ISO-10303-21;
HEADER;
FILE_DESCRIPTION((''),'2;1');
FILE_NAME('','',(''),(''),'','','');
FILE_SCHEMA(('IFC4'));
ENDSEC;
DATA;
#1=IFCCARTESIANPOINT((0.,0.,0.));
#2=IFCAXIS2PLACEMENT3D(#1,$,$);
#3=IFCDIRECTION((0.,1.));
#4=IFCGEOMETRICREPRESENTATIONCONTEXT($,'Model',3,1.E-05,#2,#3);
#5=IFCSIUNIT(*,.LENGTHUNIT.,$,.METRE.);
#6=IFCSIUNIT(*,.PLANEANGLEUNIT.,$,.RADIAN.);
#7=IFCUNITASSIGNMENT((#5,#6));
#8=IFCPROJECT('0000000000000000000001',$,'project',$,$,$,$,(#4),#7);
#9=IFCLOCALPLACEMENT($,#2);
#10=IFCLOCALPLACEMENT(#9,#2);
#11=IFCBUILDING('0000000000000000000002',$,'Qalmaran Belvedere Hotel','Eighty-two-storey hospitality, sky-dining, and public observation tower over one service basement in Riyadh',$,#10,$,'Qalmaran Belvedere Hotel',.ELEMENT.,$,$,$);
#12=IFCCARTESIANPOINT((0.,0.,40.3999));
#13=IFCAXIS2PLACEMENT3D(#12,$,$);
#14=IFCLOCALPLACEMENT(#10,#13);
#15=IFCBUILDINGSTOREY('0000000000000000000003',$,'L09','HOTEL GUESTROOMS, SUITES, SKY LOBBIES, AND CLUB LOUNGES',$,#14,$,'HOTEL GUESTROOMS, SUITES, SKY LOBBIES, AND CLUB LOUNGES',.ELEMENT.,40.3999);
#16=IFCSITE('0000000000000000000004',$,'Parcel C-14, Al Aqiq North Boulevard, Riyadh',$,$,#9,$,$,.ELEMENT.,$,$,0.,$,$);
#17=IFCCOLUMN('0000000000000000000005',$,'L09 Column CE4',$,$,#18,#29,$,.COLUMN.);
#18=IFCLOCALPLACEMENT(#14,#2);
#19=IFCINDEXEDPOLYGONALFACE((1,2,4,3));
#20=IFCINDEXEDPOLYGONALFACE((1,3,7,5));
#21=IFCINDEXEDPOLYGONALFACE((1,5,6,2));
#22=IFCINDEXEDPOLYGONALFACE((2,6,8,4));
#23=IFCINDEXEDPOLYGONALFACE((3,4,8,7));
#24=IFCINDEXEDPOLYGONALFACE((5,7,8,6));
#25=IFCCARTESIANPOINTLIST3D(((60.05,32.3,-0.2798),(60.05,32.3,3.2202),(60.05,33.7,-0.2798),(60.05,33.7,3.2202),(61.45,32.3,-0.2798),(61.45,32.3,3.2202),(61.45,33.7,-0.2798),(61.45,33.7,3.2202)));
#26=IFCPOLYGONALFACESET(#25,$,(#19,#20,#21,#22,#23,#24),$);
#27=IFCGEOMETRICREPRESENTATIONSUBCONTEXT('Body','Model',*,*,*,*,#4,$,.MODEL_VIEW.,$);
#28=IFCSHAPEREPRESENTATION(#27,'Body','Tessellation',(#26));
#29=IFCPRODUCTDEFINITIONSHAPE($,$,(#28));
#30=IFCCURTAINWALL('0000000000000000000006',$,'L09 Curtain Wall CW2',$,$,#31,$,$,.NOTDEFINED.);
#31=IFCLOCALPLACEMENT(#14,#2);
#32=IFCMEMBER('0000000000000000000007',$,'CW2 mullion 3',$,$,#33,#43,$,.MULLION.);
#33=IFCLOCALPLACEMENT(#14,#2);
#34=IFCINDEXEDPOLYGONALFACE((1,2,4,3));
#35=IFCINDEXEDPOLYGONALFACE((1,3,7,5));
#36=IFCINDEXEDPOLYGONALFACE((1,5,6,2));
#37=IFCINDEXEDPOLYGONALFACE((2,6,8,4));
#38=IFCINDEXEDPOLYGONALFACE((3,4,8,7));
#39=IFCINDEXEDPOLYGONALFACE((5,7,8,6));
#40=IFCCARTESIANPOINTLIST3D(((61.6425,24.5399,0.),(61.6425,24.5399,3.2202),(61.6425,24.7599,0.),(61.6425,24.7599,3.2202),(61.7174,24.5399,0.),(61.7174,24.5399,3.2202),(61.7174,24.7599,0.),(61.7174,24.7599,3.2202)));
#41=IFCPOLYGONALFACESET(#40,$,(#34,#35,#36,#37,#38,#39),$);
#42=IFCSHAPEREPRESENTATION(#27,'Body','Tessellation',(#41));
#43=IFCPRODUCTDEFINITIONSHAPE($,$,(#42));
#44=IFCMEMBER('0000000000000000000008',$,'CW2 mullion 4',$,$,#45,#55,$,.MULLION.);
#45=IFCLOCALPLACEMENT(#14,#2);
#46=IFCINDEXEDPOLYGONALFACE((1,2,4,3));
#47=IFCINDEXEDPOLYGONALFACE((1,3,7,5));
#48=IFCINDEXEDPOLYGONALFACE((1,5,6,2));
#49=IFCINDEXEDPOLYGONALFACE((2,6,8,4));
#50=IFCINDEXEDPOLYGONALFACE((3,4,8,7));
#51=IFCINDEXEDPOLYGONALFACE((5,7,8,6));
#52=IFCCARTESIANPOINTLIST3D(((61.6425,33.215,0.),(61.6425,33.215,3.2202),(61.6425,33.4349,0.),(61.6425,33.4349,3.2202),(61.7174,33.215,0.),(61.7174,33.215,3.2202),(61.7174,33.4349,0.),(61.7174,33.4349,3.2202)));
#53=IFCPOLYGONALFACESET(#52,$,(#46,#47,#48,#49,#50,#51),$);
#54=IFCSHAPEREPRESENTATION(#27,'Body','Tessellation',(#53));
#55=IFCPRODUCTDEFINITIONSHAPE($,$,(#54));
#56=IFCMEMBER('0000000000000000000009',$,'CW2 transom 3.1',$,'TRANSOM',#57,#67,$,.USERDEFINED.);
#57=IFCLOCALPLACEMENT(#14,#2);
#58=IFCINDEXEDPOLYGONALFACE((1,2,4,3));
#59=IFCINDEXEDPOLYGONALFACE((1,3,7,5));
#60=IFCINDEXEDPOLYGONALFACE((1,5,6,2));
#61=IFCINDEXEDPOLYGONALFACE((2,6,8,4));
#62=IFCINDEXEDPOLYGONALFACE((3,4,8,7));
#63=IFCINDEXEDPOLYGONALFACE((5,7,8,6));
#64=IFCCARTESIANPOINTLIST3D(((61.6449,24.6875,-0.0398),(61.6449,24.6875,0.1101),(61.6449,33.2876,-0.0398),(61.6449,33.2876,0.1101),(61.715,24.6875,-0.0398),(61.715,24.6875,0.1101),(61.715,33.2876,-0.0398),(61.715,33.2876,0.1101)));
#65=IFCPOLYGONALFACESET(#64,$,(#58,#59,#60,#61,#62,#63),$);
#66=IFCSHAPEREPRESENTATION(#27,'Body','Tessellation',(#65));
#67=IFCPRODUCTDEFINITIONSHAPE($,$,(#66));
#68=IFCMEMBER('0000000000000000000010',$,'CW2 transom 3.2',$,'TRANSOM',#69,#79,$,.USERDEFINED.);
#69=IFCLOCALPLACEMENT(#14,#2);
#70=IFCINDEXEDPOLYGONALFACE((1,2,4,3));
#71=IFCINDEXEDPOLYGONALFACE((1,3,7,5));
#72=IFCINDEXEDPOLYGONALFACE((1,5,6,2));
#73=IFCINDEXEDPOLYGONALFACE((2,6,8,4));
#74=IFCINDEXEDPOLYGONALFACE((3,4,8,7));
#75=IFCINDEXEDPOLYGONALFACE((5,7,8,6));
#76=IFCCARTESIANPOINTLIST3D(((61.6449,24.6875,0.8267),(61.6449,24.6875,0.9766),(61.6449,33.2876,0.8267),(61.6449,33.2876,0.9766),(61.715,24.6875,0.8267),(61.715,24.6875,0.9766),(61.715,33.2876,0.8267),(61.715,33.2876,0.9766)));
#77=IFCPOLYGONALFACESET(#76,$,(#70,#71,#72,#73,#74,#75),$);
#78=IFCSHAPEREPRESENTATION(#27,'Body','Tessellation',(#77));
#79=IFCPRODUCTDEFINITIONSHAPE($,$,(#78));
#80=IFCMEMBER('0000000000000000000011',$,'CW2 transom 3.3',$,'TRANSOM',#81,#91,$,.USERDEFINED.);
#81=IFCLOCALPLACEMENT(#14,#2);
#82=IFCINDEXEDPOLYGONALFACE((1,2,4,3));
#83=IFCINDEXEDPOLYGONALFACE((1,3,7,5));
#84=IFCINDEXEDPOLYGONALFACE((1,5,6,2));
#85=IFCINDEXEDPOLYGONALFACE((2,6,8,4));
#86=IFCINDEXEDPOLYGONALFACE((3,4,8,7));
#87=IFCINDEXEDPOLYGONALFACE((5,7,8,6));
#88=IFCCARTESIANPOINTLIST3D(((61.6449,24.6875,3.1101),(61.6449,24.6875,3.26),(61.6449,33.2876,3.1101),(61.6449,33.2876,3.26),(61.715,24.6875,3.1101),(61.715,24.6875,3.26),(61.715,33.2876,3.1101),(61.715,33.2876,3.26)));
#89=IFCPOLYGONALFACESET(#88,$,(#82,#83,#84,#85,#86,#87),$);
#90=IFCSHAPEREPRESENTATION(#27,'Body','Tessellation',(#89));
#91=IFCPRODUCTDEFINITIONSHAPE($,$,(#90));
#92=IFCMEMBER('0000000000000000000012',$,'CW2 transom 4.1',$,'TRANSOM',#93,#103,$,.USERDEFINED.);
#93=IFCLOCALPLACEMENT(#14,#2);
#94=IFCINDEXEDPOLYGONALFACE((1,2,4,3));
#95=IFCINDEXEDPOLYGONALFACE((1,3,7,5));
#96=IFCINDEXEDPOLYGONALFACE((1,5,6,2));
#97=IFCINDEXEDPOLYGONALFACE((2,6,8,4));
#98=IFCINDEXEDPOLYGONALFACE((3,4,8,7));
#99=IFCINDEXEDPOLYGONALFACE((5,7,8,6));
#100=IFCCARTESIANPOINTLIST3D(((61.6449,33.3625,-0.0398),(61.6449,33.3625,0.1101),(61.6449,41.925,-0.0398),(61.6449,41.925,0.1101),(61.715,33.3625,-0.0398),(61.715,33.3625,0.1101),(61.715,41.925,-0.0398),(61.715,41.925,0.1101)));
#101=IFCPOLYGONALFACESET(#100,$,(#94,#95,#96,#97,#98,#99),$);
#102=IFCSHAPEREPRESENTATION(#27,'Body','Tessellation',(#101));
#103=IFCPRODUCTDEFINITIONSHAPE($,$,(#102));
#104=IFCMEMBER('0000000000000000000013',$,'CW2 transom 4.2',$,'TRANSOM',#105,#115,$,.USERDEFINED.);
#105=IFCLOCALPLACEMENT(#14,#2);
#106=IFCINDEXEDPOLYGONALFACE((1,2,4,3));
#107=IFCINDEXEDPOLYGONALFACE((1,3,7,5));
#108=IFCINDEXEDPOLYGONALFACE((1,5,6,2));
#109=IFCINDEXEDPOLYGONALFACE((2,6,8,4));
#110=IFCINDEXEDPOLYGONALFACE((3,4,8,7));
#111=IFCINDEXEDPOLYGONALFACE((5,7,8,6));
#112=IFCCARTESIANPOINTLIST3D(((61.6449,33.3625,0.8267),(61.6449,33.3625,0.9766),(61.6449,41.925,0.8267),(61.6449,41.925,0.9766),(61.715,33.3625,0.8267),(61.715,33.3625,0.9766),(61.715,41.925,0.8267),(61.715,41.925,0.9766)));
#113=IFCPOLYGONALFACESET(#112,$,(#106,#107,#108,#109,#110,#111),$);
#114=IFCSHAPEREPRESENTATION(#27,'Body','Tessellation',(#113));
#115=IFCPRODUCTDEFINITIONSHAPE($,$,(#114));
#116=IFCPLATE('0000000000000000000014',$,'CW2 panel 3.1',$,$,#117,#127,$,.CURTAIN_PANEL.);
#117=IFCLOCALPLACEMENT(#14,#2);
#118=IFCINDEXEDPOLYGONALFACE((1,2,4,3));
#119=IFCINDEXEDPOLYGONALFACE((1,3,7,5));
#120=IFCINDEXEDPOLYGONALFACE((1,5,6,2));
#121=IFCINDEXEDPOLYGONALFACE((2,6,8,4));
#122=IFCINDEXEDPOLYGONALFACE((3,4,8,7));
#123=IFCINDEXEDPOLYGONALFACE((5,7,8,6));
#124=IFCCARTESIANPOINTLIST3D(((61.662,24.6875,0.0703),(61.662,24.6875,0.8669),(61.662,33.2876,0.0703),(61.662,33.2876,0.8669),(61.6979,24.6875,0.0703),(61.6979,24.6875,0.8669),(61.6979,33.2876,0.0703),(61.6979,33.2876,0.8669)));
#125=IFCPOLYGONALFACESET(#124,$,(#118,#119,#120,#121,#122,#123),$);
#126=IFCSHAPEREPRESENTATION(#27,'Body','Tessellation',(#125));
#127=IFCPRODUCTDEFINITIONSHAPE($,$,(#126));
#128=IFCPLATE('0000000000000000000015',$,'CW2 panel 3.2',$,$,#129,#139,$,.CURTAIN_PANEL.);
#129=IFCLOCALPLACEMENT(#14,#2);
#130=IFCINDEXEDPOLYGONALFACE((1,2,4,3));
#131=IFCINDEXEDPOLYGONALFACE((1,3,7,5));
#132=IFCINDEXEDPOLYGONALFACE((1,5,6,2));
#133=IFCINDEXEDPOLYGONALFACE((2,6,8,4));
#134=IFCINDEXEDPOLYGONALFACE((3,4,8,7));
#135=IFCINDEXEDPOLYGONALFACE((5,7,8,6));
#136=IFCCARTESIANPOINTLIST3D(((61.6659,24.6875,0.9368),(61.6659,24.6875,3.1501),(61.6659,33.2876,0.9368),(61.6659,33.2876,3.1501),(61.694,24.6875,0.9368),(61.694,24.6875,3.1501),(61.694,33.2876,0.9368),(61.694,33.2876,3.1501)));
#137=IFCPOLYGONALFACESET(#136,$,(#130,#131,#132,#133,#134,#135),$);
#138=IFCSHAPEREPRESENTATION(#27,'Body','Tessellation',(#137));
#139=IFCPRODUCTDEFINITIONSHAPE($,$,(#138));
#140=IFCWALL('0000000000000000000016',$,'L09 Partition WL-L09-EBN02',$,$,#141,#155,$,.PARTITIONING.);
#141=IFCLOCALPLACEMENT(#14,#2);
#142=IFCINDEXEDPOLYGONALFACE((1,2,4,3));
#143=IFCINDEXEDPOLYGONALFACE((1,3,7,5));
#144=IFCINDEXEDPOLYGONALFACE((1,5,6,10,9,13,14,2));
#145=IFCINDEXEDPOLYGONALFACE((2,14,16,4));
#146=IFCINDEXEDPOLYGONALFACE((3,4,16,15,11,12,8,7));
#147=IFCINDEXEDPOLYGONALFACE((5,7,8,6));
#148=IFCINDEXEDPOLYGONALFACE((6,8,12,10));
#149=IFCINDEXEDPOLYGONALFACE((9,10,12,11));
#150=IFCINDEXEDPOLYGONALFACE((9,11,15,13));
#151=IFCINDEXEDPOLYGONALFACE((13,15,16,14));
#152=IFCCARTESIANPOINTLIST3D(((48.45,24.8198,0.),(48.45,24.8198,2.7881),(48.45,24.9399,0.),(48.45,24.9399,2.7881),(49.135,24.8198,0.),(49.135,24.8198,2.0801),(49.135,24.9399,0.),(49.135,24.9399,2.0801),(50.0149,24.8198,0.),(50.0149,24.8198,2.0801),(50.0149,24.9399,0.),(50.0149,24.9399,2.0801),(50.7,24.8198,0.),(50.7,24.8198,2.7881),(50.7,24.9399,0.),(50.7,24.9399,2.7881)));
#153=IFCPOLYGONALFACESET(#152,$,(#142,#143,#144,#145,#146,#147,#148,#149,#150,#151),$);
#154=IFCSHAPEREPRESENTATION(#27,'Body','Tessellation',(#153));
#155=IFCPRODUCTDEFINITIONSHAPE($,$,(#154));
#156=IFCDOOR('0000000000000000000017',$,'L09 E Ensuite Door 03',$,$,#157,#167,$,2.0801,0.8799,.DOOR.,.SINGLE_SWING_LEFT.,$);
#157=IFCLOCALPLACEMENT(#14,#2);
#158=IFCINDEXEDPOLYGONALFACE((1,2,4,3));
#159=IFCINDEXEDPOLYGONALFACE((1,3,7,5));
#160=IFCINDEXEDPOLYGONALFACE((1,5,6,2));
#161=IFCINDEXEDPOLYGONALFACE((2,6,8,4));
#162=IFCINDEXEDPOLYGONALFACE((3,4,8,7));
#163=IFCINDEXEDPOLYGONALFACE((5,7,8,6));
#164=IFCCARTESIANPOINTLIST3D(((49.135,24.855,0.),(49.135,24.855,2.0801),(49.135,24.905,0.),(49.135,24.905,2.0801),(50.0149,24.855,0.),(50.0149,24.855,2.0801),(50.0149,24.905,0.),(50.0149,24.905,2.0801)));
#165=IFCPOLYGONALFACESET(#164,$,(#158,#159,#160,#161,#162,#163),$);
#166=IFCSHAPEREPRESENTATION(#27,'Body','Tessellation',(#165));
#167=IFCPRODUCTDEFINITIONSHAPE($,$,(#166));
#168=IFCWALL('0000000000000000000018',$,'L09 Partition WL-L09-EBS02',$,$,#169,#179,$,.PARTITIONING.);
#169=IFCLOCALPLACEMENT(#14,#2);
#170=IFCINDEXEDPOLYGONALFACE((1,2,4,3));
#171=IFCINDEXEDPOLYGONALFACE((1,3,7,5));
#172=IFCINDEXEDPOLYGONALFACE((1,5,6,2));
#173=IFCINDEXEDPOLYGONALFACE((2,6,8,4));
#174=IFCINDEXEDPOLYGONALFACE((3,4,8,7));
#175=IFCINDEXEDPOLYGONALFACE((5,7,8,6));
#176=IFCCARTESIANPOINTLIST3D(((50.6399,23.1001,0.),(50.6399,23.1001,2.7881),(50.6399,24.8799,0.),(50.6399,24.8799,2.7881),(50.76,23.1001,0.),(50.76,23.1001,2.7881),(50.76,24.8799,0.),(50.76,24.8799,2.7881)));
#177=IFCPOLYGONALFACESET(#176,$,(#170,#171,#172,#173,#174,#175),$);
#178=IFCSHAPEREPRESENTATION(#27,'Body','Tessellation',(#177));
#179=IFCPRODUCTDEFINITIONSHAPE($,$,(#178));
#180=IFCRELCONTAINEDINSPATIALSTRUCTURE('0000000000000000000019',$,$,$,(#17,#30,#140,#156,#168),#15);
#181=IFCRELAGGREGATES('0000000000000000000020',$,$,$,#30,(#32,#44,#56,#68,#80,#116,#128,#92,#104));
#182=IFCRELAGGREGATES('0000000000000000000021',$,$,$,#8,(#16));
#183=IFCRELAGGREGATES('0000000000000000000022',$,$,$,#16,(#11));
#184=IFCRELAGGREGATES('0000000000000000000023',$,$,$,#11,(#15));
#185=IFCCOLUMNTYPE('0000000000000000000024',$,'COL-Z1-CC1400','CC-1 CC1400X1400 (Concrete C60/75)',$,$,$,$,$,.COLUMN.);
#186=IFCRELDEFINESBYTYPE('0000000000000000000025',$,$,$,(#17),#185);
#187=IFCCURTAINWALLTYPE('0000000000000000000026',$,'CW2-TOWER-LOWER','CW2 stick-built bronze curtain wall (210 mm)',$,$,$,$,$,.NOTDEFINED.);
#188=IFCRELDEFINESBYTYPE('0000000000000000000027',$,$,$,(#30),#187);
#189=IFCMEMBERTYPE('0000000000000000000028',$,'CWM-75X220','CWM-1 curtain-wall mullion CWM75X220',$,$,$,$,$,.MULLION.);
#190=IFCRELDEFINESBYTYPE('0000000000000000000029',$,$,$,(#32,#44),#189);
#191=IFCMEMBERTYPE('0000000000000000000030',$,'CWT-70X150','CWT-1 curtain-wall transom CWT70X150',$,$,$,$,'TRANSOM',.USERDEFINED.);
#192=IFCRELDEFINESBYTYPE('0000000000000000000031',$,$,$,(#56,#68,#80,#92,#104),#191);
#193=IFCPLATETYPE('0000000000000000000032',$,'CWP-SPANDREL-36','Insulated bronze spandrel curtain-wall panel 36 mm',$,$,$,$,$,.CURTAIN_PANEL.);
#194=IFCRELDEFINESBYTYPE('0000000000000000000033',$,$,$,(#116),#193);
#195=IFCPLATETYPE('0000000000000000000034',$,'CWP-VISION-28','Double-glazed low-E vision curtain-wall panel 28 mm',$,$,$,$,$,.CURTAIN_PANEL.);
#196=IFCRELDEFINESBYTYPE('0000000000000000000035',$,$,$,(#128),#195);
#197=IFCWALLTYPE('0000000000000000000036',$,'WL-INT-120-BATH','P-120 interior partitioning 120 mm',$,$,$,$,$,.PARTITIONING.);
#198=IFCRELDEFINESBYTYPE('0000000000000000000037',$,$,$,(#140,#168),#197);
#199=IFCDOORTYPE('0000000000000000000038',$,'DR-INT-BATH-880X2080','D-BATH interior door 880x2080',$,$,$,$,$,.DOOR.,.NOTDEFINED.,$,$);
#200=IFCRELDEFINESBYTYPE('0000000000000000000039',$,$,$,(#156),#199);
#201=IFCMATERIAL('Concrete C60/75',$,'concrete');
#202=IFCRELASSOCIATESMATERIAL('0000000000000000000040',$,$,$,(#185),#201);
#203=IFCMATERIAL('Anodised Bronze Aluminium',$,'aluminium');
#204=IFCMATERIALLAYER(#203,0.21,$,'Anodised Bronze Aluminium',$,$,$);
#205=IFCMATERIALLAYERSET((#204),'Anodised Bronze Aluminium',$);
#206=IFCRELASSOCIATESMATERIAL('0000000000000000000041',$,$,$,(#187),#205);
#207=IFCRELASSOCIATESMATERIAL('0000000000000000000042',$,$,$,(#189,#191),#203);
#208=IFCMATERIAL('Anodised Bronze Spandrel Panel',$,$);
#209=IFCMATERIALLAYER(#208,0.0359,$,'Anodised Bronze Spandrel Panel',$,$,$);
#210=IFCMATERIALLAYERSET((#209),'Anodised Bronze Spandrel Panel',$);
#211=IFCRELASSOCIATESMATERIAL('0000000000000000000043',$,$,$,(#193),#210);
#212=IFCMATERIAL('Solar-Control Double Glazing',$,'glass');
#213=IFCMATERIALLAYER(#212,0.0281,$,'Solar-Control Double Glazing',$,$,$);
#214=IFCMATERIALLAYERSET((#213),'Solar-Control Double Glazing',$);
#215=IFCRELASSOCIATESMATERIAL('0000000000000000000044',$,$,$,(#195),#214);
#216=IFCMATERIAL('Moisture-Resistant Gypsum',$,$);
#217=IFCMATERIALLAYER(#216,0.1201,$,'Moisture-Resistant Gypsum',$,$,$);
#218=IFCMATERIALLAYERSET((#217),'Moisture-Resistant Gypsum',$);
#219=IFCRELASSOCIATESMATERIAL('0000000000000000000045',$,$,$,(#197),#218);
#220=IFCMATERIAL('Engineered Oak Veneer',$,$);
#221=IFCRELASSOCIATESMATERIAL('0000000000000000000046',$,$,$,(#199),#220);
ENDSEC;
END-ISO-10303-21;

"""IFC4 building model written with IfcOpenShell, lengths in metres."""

from ifc_helpers import new_model, si_unit, direction, frame, frame_2d, origin, origin_2d, place, context, subcontext, project, spatial, rectangle, extrude, material, layer, layer_set, material_profile, profile_set, type_object, element, fill, aggregate, save


model = new_model("IFC4")

# Units and contexts
model_context = context("Model", 3, precision=1e-05, world=origin(), true_north=direction((0.0, 1.0)))
body_context = subcontext(model_context, "Body", "Model", "MODEL_VIEW")
ifc_project = project(units=[si_unit("LENGTHUNIT", "METRE"), si_unit("PLANEANGLEUNIT", "RADIAN")], contexts=[model_context])

# Site, building, storey
site_placement = place(None, origin())
site = spatial("IfcSite", under=ifc_project, at=site_placement, Name="Parcel C-14, Al Aqiq North Boulevard, Riyadh", CompositionType="ELEMENT", RefElevation=0.0)
building_placement = place(site_placement, origin())
building = spatial("IfcBuilding", under=site, at=building_placement, Name="Qalmaran Belvedere Hotel", Description="Eighty-two-storey hospitality, sky-dining, and public observation tower over one service basement in Riyadh", LongName="Qalmaran Belvedere Hotel", CompositionType="ELEMENT")
storey_placement = place(building_placement, frame((0.0, 0.0, 40.3999)))
storey = spatial("IfcBuildingStorey", under=building, at=storey_placement, Name="L09", Description="HOTEL GUESTROOMS, SUITES, SKY LOBBIES, AND CLUB LOUNGES", LongName="HOTEL GUESTROOMS, SUITES, SKY LOBBIES, AND CLUB LOUNGES", CompositionType="ELEMENT", Elevation=40.3999)

# Column
ifc_material_1 = material(Name="Concrete C60/75", Category="concrete")
ifc_material_profile_1 = material_profile(ifc_material_1, rectangle(XDim=1.3999, YDim=1.3999, at=origin_2d()), Name="CC1400X1400")
ifc_profile_set_1 = profile_set([ifc_material_profile_1], Name="Concrete C60/75")
column_type = type_object("IfcColumnType", Name="COL-Z1-CC1400", Description="CC-1 CC1400X1400 (Concrete C60/75)", PredefinedType="COLUMN", material=ifc_profile_set_1)
column_placement = place(storey_placement, frame((60.75, 33.0, -0.2798), z_axis=(0.0, 0.0, 1.0), x_axis=(1.0, 0.0, 0.0)))
element("IfcColumn", 1, at=column_placement, inside=storey, type_object=column_type, Name="L09 Column CE4", PredefinedType="COLUMN", context=body_context, shape_type="SweptSolid", body=[
    extrude(rectangle(XDim=1.3999, YDim=1.3999, at=origin_2d()), origin(), (0.0, 0.0, 1.0), 3.5),
])

# Curtain wall, members, plates
ifc_material_2 = material(Name="Anodised Bronze Aluminium", Category="aluminium")
ifc_layer_1 = layer(ifc_material_2, 0.21, Name="Anodised Bronze Aluminium")
ifc_layer_set_1 = layer_set([ifc_layer_1], Name="Anodised Bronze Aluminium")
curtain_wall_type = type_object("IfcCurtainWallType", Name="CW2-TOWER-LOWER", Description="CW2 stick-built bronze curtain wall (210 mm)", PredefinedType="NOTDEFINED", material=ifc_layer_set_1)
curtain_wall_placement = place(storey_placement, origin())
curtain_wall = element("IfcCurtainWall", 2, at=curtain_wall_placement, inside=storey, type_object=curtain_wall_type, Name="L09 Curtain Wall CW2", PredefinedType="NOTDEFINED")
ifc_material_profile_2 = material_profile(ifc_material_2, rectangle(XDim=0.075, YDim=0.22, at=origin_2d()), Name="CWM75X220")
ifc_profile_set_2 = profile_set([ifc_material_profile_2], Name="Anodised Bronze Aluminium")
member_type_1 = type_object("IfcMemberType", Name="CWM-75X220", Description="CWM-1 curtain-wall mullion CWM75X220", PredefinedType="MULLION", material=ifc_profile_set_2)
member_1_placement = place(storey_placement, frame((61.6799, 24.6499, 0.0), z_axis=(0.0, 0.0, 1.0), x_axis=(-1.0, 0.0, 0.0)))
member_1 = element("IfcMember", 3, at=member_1_placement, type_object=member_type_1, Name="CW2 mullion 3", PredefinedType="MULLION", context=body_context, shape_type="SweptSolid", body=[
    extrude(rectangle(XDim=0.075, YDim=0.22, at=origin_2d()), origin(), (0.0, 0.0, 1.0), 3.2202),
])
member_2_placement = place(storey_placement, frame((61.6799, 33.325, 0.0), z_axis=(0.0, 0.0, 1.0), x_axis=(-1.0, 0.0, 0.0)))
member_2 = element("IfcMember", 4, at=member_2_placement, type_object=member_type_1, Name="CW2 mullion 4", PredefinedType="MULLION", context=body_context, shape_type="SweptSolid", body=[
    extrude(rectangle(XDim=0.075, YDim=0.22, at=origin_2d()), origin(), (0.0, 0.0, 1.0), 3.2202),
])
ifc_material_profile_3 = material_profile(ifc_material_2, rectangle(XDim=0.0701, YDim=0.1499, at=origin_2d()), Name="CWT70X150")
ifc_profile_set_3 = profile_set([ifc_material_profile_3], Name="Anodised Bronze Aluminium")
member_type_2 = type_object("IfcMemberType", Name="CWT-70X150", Description="CWT-1 curtain-wall transom CWT70X150", ElementType="TRANSOM", PredefinedType="USERDEFINED", material=ifc_profile_set_3)
member_3_placement = place(storey_placement, frame((61.6799, 24.6875, 0.0352), z_axis=(0.0, 1.0, 0.0), x_axis=(-1.0, 0.0, 0.0)))
member_3 = element("IfcMember", 5, at=member_3_placement, type_object=member_type_2, Name="CW2 transom 3.1", ObjectType="TRANSOM", PredefinedType="USERDEFINED", context=body_context, shape_type="SweptSolid", body=[
    extrude(rectangle(XDim=0.0701, YDim=0.1499, at=origin_2d()), origin(), (0.0, 0.0, 1.0), 8.6001),
])
member_4_placement = place(storey_placement, frame((61.6799, 24.6875, 0.9016), z_axis=(0.0, 1.0, 0.0), x_axis=(-1.0, 0.0, 0.0)))
member_4 = element("IfcMember", 6, at=member_4_placement, type_object=member_type_2, Name="CW2 transom 3.2", ObjectType="TRANSOM", PredefinedType="USERDEFINED", context=body_context, shape_type="SweptSolid", body=[
    extrude(rectangle(XDim=0.0701, YDim=0.1499, at=origin_2d()), origin(), (0.0, 0.0, 1.0), 8.6001),
])
member_5_placement = place(storey_placement, frame((61.6799, 24.6875, 3.1851), z_axis=(0.0, 1.0, 0.0), x_axis=(-1.0, 0.0, 0.0)))
member_5 = element("IfcMember", 7, at=member_5_placement, type_object=member_type_2, Name="CW2 transom 3.3", ObjectType="TRANSOM", PredefinedType="USERDEFINED", context=body_context, shape_type="SweptSolid", body=[
    extrude(rectangle(XDim=0.0701, YDim=0.1499, at=origin_2d()), origin(), (0.0, 0.0, 1.0), 8.6001),
])
member_6_placement = place(storey_placement, frame((61.6799, 33.3625, 0.0352), z_axis=(0.0, 1.0, 0.0), x_axis=(-1.0, 0.0, 0.0)))
member_6 = element("IfcMember", 8, at=member_6_placement, type_object=member_type_2, Name="CW2 transom 4.1", ObjectType="TRANSOM", PredefinedType="USERDEFINED", context=body_context, shape_type="SweptSolid", body=[
    extrude(rectangle(XDim=0.0701, YDim=0.1499, at=origin_2d()), origin(), (0.0, 0.0, 1.0), 8.5625),
])
member_7_placement = place(storey_placement, frame((61.6799, 33.3625, 0.9016), z_axis=(0.0, 1.0, 0.0), x_axis=(-1.0, 0.0, 0.0)))
member_7 = element("IfcMember", 9, at=member_7_placement, type_object=member_type_2, Name="CW2 transom 4.2", ObjectType="TRANSOM", PredefinedType="USERDEFINED", context=body_context, shape_type="SweptSolid", body=[
    extrude(rectangle(XDim=0.0701, YDim=0.1499, at=origin_2d()), origin(), (0.0, 0.0, 1.0), 8.5625),
])
ifc_material_3 = material(Name="Anodised Bronze Spandrel Panel")
ifc_layer_2 = layer(ifc_material_3, 0.0359, Name="Anodised Bronze Spandrel Panel")
ifc_layer_set_2 = layer_set([ifc_layer_2], Name="Anodised Bronze Spandrel Panel")
plate_type_1 = type_object("IfcPlateType", Name="CWP-SPANDREL-36", Description="Insulated bronze spandrel curtain-wall panel 36 mm", PredefinedType="CURTAIN_PANEL", material=ifc_layer_set_2)
plate_1_placement = place(storey_placement, frame((61.6799, 28.9875, 0.0703), z_axis=(0.0, 0.0, 1.0), x_axis=(0.0, 1.0, 0.0)))
plate_1 = element("IfcPlate", 10, at=plate_1_placement, type_object=plate_type_1, Name="CW2 panel 3.1", PredefinedType="CURTAIN_PANEL", context=body_context, shape_type="SweptSolid", body=[
    extrude(rectangle(XDim=8.6001, YDim=0.0359, at=origin_2d()), origin(), (0.0, 0.0, 1.0), 0.7966),
])
ifc_material_4 = material(Name="Solar-Control Double Glazing", Category="glass")
ifc_layer_3 = layer(ifc_material_4, 0.0281, Name="Solar-Control Double Glazing")
ifc_layer_set_3 = layer_set([ifc_layer_3], Name="Solar-Control Double Glazing")
plate_type_2 = type_object("IfcPlateType", Name="CWP-VISION-28", Description="Double-glazed low-E vision curtain-wall panel 28 mm", PredefinedType="CURTAIN_PANEL", material=ifc_layer_set_3)
plate_2_placement = place(storey_placement, frame((61.6799, 28.9875, 0.9368), z_axis=(0.0, 0.0, 1.0), x_axis=(0.0, 1.0, 0.0)))
plate_2 = element("IfcPlate", 11, at=plate_2_placement, type_object=plate_type_2, Name="CW2 panel 3.2", PredefinedType="CURTAIN_PANEL", context=body_context, shape_type="SweptSolid", body=[
    extrude(rectangle(XDim=8.6001, YDim=0.0281, at=origin_2d()), origin(), (0.0, 0.0, 1.0), 2.2134),
])
aggregate(curtain_wall, [member_1, member_2, member_3, member_4, member_5, plate_1, plate_2, member_6, member_7])

# Wall, opening, door
ifc_material_5 = material(Name="Moisture-Resistant Gypsum")
ifc_layer_4 = layer(ifc_material_5, 0.1201, Name="Moisture-Resistant Gypsum")
ifc_layer_set_4 = layer_set([ifc_layer_4], Name="Moisture-Resistant Gypsum")
wall_type_1 = type_object("IfcWallType", Name="WL-INT-120-BATH", Description="P-120 interior partitioning 120 mm", PredefinedType="PARTITIONING", material=ifc_layer_set_4)
wall_1_placement = place(storey_placement, frame((48.45, 24.8799, 0.0), z_axis=(0.0, 0.0, 1.0), x_axis=(1.0, 0.0, 0.0)))
wall_1 = element("IfcWall", 12, at=wall_1_placement, inside=storey, type_object=wall_type_1, Name="L09 Partition WL-L09-EBN02", PredefinedType="PARTITIONING", context=body_context, shape_type="SweptSolid", body=[
    extrude(rectangle(XDim=2.25, YDim=0.1201, at=frame_2d((1.125, 0.0))), origin(), (0.0, 0.0, 1.0), 2.7881),
])
opening_1_placement = place(wall_1_placement, frame((1.5649, 0.0, 0.0), z_axis=(0.0, 0.0, 1.0), x_axis=(-1.0, 0.0, 0.0)))
opening_1 = element("IfcOpeningElement", 13, at=opening_1_placement, cuts=wall_1, PredefinedType="OPENING", context=body_context, shape_type="SweptSolid", body=[
    extrude(rectangle(XDim=0.8799, YDim=2.0801, at=frame_2d((0.4399, 1.04))), frame((0.0, 0.0701, 0.0), z_axis=(0.0, -1.0, 0.0), x_axis=(1.0, 0.0, 0.0)), (0.0, 0.0, 1.0), 0.1401),
])
ifc_material_6 = material(Name="Engineered Oak Veneer")
door_type_1 = type_object("IfcDoorType", Name="DR-INT-BATH-880X2080", Description="D-BATH interior door 880x2080", OperationType="NOTDEFINED", PredefinedType="DOOR", material=ifc_material_6)
door_1_placement = place(opening_1_placement, origin())
door_1 = element("IfcDoor", 14, at=door_1_placement, inside=storey, type_object=door_type_1, Name="L09 E Ensuite Door 03", OperationType="SINGLE_SWING_LEFT", OverallHeight=2.0801, OverallWidth=0.8799, PredefinedType="DOOR", context=body_context, shape_type="SweptSolid", body=[
    extrude(rectangle(XDim=0.8799, YDim=2.0801, at=frame_2d((0.4399, 1.04))), frame((0.0, 0.0249, 0.0), z_axis=(0.0, -1.0, 0.0), x_axis=(1.0, 0.0, 0.0)), (0.0, 0.0, 1.0), 0.05),
])
fill(opening_1, door_1)

# Wall
wall_2_placement = place(storey_placement, frame((50.7, 23.1001, 0.0), z_axis=(0.0, 0.0, 1.0), x_axis=(0.0, 1.0, 0.0)))
element("IfcWall", 15, at=wall_2_placement, inside=storey, type_object=wall_type_1, Name="L09 Partition WL-L09-EBS02", PredefinedType="PARTITIONING", context=body_context, shape_type="SweptSolid", body=[
    extrude(rectangle(XDim=1.7798, YDim=0.1201, at=frame_2d((0.8899, 0.0))), origin(), (0.0, 0.0, 1.0), 2.7881),
])

save(model, "model.ifc")
